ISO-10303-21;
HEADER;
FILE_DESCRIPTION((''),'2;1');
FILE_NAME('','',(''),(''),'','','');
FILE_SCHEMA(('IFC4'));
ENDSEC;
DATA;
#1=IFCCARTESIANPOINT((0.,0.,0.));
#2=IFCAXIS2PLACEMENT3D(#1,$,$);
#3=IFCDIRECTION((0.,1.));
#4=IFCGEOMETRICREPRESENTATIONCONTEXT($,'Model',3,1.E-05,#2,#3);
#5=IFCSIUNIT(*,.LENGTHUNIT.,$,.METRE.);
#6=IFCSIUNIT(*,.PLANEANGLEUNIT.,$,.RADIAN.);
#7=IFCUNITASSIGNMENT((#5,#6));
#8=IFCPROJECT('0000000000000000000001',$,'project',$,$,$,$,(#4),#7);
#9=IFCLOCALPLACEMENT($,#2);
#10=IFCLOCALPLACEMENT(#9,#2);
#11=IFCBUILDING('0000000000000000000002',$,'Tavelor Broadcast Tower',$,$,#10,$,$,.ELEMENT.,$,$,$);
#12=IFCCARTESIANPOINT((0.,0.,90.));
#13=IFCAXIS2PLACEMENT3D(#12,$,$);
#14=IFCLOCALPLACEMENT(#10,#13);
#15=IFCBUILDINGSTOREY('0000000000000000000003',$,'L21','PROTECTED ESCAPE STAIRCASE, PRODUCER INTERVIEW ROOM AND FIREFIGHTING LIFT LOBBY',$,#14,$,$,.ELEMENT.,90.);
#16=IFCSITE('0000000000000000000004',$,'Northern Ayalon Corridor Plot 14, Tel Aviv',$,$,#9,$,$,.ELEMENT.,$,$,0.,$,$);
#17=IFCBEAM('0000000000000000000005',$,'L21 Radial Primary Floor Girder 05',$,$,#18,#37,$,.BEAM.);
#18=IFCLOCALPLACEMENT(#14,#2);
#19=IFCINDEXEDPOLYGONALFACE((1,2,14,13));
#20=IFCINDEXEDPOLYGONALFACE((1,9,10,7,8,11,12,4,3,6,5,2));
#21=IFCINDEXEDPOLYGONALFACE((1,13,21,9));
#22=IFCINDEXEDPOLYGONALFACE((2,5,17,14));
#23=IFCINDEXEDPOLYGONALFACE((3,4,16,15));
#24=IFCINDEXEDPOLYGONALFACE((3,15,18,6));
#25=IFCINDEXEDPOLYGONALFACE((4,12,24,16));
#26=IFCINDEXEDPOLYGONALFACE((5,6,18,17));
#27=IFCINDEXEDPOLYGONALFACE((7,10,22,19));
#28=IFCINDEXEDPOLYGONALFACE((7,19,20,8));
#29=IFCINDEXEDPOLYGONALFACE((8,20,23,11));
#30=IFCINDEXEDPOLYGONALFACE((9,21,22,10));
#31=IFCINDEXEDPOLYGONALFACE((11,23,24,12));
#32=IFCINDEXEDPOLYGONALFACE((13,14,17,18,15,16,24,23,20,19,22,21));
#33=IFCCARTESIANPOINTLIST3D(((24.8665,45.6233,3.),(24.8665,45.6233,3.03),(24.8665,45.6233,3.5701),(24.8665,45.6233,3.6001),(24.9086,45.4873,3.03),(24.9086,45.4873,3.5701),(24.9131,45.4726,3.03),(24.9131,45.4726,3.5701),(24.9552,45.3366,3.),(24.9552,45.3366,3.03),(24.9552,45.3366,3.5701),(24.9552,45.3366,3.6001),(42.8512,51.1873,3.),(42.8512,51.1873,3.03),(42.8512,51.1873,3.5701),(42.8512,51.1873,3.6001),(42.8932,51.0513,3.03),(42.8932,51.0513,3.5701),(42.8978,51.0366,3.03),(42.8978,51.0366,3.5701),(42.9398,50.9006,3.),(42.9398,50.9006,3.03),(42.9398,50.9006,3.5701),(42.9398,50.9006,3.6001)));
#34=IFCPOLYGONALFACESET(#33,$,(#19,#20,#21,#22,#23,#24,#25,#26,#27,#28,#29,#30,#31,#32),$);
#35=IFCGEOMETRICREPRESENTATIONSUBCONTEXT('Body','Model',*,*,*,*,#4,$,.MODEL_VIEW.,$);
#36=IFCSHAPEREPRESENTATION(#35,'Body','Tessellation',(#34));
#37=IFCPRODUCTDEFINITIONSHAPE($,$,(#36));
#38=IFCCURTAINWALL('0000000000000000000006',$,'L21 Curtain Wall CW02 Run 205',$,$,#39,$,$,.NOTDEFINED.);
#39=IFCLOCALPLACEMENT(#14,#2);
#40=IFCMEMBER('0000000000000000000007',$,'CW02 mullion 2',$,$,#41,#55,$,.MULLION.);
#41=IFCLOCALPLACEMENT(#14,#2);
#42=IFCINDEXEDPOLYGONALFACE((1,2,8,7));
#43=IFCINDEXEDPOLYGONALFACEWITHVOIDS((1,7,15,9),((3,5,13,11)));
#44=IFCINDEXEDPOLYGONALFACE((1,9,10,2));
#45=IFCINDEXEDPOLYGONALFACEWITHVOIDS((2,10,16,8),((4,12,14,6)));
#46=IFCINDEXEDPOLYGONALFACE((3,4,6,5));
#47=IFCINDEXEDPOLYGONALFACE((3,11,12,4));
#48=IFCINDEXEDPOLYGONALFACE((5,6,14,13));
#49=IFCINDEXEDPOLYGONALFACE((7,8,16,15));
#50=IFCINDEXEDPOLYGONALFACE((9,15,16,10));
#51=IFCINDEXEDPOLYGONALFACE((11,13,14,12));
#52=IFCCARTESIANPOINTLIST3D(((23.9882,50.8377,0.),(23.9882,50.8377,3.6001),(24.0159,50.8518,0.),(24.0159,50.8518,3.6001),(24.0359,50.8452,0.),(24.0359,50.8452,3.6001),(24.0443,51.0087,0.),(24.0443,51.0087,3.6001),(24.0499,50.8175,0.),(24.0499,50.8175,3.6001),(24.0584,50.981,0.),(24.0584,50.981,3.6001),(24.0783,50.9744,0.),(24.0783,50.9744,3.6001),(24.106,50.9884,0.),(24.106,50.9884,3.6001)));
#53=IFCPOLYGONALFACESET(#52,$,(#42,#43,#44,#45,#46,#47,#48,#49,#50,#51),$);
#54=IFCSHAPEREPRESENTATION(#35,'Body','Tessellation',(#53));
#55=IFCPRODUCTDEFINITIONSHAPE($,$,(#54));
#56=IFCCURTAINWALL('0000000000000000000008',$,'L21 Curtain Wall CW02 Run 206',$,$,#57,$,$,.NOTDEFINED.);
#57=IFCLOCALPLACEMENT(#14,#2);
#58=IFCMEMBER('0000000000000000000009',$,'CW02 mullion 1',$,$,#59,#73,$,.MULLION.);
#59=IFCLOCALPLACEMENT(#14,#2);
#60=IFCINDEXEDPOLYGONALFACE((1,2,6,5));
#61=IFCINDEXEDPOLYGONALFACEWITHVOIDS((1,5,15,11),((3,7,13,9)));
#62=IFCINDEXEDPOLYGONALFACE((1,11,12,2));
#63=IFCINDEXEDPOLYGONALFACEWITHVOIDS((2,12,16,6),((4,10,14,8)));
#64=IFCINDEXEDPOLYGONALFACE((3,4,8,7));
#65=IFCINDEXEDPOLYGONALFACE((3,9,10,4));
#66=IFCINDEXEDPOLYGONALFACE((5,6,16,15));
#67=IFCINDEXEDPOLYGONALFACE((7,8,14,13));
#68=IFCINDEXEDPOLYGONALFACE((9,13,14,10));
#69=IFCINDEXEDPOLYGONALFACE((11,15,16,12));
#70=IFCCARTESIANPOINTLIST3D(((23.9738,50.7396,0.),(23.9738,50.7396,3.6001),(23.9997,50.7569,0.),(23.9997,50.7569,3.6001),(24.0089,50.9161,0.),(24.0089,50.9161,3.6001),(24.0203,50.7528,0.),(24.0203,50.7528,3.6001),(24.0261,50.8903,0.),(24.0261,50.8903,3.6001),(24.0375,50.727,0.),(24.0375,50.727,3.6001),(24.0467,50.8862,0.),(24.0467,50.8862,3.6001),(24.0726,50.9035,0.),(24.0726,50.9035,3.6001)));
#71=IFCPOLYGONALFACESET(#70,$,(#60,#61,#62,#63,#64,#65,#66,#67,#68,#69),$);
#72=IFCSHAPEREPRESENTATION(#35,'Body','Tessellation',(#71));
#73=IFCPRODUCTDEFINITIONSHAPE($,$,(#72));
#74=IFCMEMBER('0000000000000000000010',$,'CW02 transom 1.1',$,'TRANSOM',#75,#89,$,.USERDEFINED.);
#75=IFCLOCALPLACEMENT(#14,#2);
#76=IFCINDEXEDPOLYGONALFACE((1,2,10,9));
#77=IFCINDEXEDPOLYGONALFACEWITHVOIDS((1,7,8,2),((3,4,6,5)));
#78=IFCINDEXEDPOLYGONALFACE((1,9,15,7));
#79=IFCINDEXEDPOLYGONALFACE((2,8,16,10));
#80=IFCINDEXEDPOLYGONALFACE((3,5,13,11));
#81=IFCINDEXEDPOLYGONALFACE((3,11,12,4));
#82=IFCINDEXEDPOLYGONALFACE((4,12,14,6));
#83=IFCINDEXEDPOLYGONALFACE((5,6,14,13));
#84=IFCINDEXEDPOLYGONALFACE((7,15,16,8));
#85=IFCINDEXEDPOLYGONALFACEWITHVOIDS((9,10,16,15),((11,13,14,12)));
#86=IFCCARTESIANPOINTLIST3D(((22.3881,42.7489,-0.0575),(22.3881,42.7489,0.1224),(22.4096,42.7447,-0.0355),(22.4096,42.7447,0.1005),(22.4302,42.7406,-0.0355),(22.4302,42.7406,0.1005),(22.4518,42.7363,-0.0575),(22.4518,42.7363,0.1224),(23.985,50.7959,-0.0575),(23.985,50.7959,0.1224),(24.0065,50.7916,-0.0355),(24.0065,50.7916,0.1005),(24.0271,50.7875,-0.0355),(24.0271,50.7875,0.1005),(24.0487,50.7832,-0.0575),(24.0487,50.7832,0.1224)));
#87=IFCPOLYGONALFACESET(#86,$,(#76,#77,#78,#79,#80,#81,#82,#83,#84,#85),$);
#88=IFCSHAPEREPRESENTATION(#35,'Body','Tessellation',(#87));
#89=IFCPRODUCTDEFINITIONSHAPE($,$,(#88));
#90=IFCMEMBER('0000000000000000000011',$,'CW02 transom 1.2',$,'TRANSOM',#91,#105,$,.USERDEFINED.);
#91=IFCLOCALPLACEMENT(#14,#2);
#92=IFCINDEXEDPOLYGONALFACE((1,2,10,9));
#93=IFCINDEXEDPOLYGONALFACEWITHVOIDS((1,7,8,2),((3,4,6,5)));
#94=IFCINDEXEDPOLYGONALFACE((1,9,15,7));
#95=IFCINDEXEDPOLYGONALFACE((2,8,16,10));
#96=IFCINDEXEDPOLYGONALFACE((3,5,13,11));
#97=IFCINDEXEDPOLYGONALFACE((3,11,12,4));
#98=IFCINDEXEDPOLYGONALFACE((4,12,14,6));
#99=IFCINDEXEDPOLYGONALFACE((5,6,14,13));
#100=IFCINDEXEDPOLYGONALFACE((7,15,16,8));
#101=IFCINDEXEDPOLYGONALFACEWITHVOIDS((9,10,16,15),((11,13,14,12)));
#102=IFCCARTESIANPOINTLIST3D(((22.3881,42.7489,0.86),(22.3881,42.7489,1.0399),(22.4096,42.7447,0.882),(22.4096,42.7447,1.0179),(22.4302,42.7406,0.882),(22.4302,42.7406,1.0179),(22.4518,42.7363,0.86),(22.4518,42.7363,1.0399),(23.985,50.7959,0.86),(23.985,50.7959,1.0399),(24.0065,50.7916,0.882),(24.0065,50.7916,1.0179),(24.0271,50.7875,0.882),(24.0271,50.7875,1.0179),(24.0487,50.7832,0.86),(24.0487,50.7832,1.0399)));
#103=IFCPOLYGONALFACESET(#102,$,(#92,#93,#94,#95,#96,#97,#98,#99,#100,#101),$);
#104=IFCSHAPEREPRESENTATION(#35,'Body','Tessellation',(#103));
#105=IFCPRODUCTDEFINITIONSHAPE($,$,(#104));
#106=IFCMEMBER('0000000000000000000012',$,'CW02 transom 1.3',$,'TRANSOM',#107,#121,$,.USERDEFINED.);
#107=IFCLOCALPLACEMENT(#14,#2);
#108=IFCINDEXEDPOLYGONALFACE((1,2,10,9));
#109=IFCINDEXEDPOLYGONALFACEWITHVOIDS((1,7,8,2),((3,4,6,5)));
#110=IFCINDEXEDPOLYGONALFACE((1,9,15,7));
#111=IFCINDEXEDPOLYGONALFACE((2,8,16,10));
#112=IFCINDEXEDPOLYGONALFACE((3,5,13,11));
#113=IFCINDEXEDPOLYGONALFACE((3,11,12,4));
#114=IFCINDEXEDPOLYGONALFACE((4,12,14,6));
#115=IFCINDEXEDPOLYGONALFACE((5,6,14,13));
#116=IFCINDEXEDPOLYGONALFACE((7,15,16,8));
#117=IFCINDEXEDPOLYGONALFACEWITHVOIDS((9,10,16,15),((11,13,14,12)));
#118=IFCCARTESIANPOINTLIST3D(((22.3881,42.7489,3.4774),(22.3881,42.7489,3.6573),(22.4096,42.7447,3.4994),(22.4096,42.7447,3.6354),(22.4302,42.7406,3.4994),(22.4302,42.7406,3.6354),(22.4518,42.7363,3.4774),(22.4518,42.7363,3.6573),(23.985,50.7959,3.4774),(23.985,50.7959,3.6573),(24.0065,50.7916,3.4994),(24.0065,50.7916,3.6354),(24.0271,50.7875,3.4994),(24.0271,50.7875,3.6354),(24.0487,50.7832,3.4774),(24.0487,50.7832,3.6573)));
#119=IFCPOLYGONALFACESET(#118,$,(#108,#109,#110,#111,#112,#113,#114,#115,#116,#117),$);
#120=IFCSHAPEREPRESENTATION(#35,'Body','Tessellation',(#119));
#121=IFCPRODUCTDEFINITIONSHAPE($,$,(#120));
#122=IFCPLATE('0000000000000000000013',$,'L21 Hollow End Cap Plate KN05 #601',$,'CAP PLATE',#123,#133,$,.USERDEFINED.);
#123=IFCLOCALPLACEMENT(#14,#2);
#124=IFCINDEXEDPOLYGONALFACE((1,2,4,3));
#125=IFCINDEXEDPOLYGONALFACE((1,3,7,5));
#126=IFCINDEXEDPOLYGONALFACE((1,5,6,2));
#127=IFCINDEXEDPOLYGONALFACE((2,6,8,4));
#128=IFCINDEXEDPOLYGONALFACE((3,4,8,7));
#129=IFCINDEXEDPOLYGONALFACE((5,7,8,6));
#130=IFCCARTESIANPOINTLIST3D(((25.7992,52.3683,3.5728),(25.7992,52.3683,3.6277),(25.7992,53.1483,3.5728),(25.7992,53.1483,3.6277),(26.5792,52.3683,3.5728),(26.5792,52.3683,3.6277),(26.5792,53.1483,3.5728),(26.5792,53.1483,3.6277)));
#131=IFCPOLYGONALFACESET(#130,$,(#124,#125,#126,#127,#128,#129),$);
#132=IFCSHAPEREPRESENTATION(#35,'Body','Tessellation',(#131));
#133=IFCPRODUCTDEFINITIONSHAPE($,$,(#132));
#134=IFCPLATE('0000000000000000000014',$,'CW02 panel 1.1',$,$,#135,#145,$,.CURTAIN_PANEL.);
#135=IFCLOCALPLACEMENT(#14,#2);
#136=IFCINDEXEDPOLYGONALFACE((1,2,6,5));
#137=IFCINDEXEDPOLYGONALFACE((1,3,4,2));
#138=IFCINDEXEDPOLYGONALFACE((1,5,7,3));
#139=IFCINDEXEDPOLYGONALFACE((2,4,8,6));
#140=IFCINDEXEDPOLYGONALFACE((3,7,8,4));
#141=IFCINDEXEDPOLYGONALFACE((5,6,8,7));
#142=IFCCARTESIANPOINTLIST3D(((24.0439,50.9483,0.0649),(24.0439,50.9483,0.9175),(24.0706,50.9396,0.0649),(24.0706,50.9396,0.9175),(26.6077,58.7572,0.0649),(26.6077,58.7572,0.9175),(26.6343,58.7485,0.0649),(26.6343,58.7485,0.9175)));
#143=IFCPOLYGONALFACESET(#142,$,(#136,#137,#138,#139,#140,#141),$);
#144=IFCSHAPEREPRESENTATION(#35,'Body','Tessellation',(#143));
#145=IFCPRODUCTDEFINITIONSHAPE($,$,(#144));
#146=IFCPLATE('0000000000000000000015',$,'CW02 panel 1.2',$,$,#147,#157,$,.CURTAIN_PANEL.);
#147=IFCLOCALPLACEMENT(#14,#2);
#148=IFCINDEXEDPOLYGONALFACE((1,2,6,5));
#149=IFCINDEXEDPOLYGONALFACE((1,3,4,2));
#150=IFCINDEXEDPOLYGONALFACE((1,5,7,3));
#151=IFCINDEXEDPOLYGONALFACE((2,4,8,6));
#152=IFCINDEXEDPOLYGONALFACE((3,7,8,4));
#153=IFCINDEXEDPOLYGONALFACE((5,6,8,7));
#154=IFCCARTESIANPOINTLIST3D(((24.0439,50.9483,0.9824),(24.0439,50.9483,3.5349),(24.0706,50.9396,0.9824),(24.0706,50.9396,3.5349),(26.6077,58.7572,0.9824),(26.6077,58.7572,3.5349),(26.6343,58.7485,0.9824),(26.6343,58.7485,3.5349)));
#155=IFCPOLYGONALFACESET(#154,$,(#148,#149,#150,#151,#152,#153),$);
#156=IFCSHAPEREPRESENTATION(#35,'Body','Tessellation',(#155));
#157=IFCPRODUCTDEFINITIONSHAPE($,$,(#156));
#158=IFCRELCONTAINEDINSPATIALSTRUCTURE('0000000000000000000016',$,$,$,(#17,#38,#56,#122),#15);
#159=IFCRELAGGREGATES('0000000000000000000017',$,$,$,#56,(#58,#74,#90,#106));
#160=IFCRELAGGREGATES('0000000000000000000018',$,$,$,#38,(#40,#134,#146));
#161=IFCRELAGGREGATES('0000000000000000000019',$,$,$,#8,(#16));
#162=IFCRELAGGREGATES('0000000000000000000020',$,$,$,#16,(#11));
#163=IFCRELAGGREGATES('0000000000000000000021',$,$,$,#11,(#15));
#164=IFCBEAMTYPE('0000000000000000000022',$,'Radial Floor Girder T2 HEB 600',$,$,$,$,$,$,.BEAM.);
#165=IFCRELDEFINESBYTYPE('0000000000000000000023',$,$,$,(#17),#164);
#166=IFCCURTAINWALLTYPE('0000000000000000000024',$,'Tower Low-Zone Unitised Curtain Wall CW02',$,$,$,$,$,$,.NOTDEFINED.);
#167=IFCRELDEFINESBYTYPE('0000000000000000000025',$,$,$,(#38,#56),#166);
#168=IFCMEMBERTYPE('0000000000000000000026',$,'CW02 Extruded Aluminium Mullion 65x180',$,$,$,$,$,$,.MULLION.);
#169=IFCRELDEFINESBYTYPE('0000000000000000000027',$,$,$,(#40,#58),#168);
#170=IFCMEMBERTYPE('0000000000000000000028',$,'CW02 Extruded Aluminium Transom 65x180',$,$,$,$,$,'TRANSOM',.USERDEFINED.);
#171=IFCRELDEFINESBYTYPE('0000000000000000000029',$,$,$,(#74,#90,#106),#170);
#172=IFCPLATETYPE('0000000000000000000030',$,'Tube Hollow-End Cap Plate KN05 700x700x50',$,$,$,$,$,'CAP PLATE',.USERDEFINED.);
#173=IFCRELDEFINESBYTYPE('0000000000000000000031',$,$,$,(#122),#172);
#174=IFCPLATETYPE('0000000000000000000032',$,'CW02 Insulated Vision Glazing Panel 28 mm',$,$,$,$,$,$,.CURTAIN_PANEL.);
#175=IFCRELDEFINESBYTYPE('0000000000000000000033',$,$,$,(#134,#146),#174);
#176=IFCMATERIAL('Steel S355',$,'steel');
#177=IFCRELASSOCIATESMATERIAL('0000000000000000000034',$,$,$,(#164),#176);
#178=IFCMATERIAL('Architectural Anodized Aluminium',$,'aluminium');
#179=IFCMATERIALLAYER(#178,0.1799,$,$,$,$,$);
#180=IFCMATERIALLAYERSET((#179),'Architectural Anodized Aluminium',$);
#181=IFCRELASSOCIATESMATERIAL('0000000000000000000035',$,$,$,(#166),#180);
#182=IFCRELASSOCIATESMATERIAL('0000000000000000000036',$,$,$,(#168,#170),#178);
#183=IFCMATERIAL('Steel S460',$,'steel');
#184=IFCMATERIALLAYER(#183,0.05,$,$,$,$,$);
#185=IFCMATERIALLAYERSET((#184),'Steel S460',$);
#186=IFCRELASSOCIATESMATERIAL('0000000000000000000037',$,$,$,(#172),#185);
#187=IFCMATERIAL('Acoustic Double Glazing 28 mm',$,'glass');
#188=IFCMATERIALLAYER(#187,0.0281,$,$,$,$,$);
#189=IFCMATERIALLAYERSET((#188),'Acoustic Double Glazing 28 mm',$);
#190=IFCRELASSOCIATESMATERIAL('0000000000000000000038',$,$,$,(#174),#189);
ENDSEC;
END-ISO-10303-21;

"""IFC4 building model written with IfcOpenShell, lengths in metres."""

from ifc_helpers import new_model, si_unit, direction, frame, origin, origin_2d, place, context, subcontext, project, spatial, rectangle, hollow_rectangle, i_section, extrude, source, transform, mapped, material, layer, layer_set, material_profile, profile_set, type_object, type_shapes, element, aggregate, save


model = new_model("IFC4")

# Units and contexts
model_context = context("Model", 3, precision=1e-05, world=origin(), true_north=direction((0.0, 1.0)))
body_context = subcontext(model_context, "Body", "Model", "MODEL_VIEW")
ifc_project = project(units=[si_unit("LENGTHUNIT", "METRE"), si_unit("PLANEANGLEUNIT", "RADIAN")], contexts=[model_context])

# Site, building, storey
site_placement = place(None, origin())
site = spatial("IfcSite", under=ifc_project, at=site_placement, Name="Northern Ayalon Corridor Plot 14, Tel Aviv", CompositionType="ELEMENT", RefElevation=0.0)
building_placement = place(site_placement, origin())
building = spatial("IfcBuilding", under=site, at=building_placement, Name="Tavelor Broadcast Tower", CompositionType="ELEMENT")
storey_placement = place(building_placement, frame((0.0, 0.0, 90.0)))
storey = spatial("IfcBuildingStorey", under=building, at=storey_placement, Name="L21", Description="PROTECTED ESCAPE STAIRCASE, PRODUCER INTERVIEW ROOM AND FIREFIGHTING LIFT LOBBY", CompositionType="ELEMENT", Elevation=90.0)

# Shared definitions
ifc_material_1 = material(Name="Steel S460", Category="steel")

# Beam
ifc_material_2 = material(Name="Steel S355", Category="steel")
ifc_material_profile_1 = material_profile(ifc_material_2, i_section(OverallWidth=0.3, OverallDepth=0.6001, WebThickness=0.0154, FlangeThickness=0.03, at=origin_2d()), Name="HEB 600")
ifc_profile_set_1 = profile_set([ifc_material_profile_1], Name="Steel S355")
beam_type_1 = type_object("IfcBeamType", Name="Radial Floor Girder T2 HEB 600", PredefinedType="BEAM", material=ifc_profile_set_1)
beam_1_placement = place(storey_placement, frame((42.8955, 51.0439, 3.3), z_axis=(-0.955326, -0.295553, 0.0), x_axis=(0.295553, -0.955326, 0.0)))
element("IfcBeam", 1, at=beam_1_placement, inside=storey, type_object=beam_type_1, Name="L21 Radial Primary Floor Girder 05", PredefinedType="BEAM", context=body_context, shape_type="SweptSolid", body=[
    extrude(i_section(OverallWidth=0.3, OverallDepth=0.6001, WebThickness=0.0154, FlangeThickness=0.03, at=origin_2d()), origin(), (0.0, 0.0, 1.0), 18.8257),
])

# Curtain wall, member
ifc_material_3 = material(Name="Architectural Anodized Aluminium", Category="aluminium")
ifc_layer_1 = layer(ifc_material_3, 0.1799)
ifc_layer_set_1 = layer_set([ifc_layer_1], Name="Architectural Anodized Aluminium")
curtain_wall_type = type_object("IfcCurtainWallType", Name="Tower Low-Zone Unitised Curtain Wall CW02", PredefinedType="NOTDEFINED", material=ifc_layer_set_1)
curtain_wall_1_placement = place(storey_placement, origin())
curtain_wall_1 = element("IfcCurtainWall", 2, at=curtain_wall_1_placement, inside=storey, type_object=curtain_wall_type, Name="L21 Curtain Wall CW02 Run 205", PredefinedType="NOTDEFINED")
ifc_material_profile_2 = material_profile(ifc_material_3, hollow_rectangle(XDim=0.0649, YDim=0.1799, WallThickness=0.022, at=origin_2d()), Name="RHS 65x180x22")
ifc_profile_set_2 = profile_set([ifc_material_profile_2], Name="Architectural Anodized Aluminium")
member_type_1 = type_object("IfcMemberType", Name="CW02 Extruded Aluminium Mullion 65x180", PredefinedType="MULLION", material=ifc_profile_set_2)
shared_shape_1 = source(origin(), body_context, "Body", "SweptSolid", [
    extrude(hollow_rectangle(XDim=0.0649, YDim=0.1799, WallThickness=0.022, at=origin_2d()), origin(), (0.0, 0.0, 1.0), 3.6001),
])
type_shapes(member_type_1, [shared_shape_1])
member_1_placement = place(storey_placement, frame((24.0471, 50.9131, 0.0), z_axis=(0.0, 0.0, 1.0), x_axis=(0.950105, -0.311931, 0.0)))
member_1 = element("IfcMember", 3, at=member_1_placement, type_object=member_type_1, Name="CW02 mullion 2", PredefinedType="MULLION", context=body_context, shape_type="MappedRepresentation", body=[
    mapped(shared_shape_1, transform((0.0, 0.0, 0.0), scale=1.0)),
])

# Curtain wall, members
curtain_wall_2_placement = place(storey_placement, origin())
curtain_wall_2 = element("IfcCurtainWall", 4, at=curtain_wall_2_placement, inside=storey, type_object=curtain_wall_type, Name="L21 Curtain Wall CW02 Run 206", PredefinedType="NOTDEFINED")
member_2_placement = place(storey_placement, frame((24.0232, 50.8215, 0.0), z_axis=(0.0, 0.0, 1.0), x_axis=(0.980873, -0.194651, 0.0)))
member_2 = element("IfcMember", 5, at=member_2_placement, type_object=member_type_1, Name="CW02 mullion 1", PredefinedType="MULLION", context=body_context, shape_type="MappedRepresentation", body=[
    mapped(shared_shape_1, transform((0.0, 0.0, 0.0), scale=1.0)),
])
ifc_material_profile_3 = material_profile(ifc_material_3, hollow_rectangle(XDim=0.0649, YDim=0.1799, WallThickness=0.022, at=origin_2d()), Name="RHS 65x180x22")
ifc_profile_set_3 = profile_set([ifc_material_profile_3], Name="Architectural Anodized Aluminium")
member_type_2 = type_object("IfcMemberType", Name="CW02 Extruded Aluminium Transom 65x180", ElementType="TRANSOM", PredefinedType="USERDEFINED", material=ifc_profile_set_3)
shared_shape_2 = source(origin(), body_context, "Body", "SweptSolid", [
    extrude(hollow_rectangle(XDim=0.0649, YDim=0.1799, WallThickness=0.022, at=origin_2d()), origin(), (0.0, 0.0, 1.0), 8.2039),
])
type_shapes(member_type_2, [shared_shape_2])
member_3_placement = place(storey_placement, frame((24.0168, 50.7896, 0.0325), z_axis=(-0.194657, -0.980871, 0.0), x_axis=(0.980871, -0.194657, 0.0)))
member_3 = element("IfcMember", 6, at=member_3_placement, type_object=member_type_2, Name="CW02 transom 1.1", ObjectType="TRANSOM", PredefinedType="USERDEFINED", context=body_context, shape_type="MappedRepresentation", body=[
    mapped(shared_shape_2, transform((0.0, 0.0, 0.0), scale=1.0)),
])
member_4_placement = place(storey_placement, frame((24.0168, 50.7896, 0.95), z_axis=(-0.194657, -0.980871, 0.0), x_axis=(0.980871, -0.194657, 0.0)))
member_4 = element("IfcMember", 7, at=member_4_placement, type_object=member_type_2, Name="CW02 transom 1.2", ObjectType="TRANSOM", PredefinedType="USERDEFINED", context=body_context, shape_type="MappedRepresentation", body=[
    mapped(shared_shape_2, transform((0.0, 0.0, 0.0), scale=1.0)),
])
member_5_placement = place(storey_placement, frame((24.0168, 50.7896, 3.5674), z_axis=(-0.194657, -0.980871, 0.0), x_axis=(0.980871, -0.194657, 0.0)))
member_5 = element("IfcMember", 8, at=member_5_placement, type_object=member_type_2, Name="CW02 transom 1.3", ObjectType="TRANSOM", PredefinedType="USERDEFINED", context=body_context, shape_type="MappedRepresentation", body=[
    mapped(shared_shape_2, transform((0.0, 0.0, 0.0), scale=1.0)),
])
aggregate(curtain_wall_2, [member_2, member_3, member_4, member_5])

# Plates
ifc_layer_2 = layer(ifc_material_1, 0.05)
ifc_layer_set_2 = layer_set([ifc_layer_2], Name="Steel S460")
plate_type_1 = type_object("IfcPlateType", Name="Tube Hollow-End Cap Plate KN05 700x700x50", ElementType="CAP PLATE", PredefinedType="USERDEFINED", material=ifc_layer_set_2)
shared_shape_3 = source(origin(), body_context, "Body", "SweptSolid", [
    extrude(rectangle(XDim=0.78, YDim=0.78, at=origin_2d()), origin(), (0.0, 0.0, 1.0), 0.0549),
])
type_shapes(plate_type_1, [shared_shape_3])
plate_1_placement = place(storey_placement, frame((26.1892, 52.7583, 3.5728), z_axis=(0.0, 0.0, 1.0), x_axis=(1.0, 0.0, 0.0)))
element("IfcPlate", 9, at=plate_1_placement, inside=storey, type_object=plate_type_1, Name="L21 Hollow End Cap Plate KN05 #601", ObjectType="CAP PLATE", PredefinedType="USERDEFINED", context=body_context, shape_type="MappedRepresentation", body=[
    mapped(shared_shape_3, transform((0.0, 0.0, 0.0), scale=1.0)),
])
ifc_material_4 = material(Name="Acoustic Double Glazing 28 mm", Category="glass")
ifc_layer_3 = layer(ifc_material_4, 0.0281)
ifc_layer_set_3 = layer_set([ifc_layer_3], Name="Acoustic Double Glazing 28 mm")
plate_type_2 = type_object("IfcPlateType", Name="CW02 Insulated Vision Glazing Panel 28 mm", PredefinedType="CURTAIN_PANEL", material=ifc_layer_set_3)
shared_shape_4 = source(origin(), body_context, "Body", "SweptSolid", [
    extrude(rectangle(XDim=8.219, YDim=0.0281, at=origin_2d()), origin(), (0.0, 0.0, 1.0), 0.8525),
])
plate_2_placement = place(storey_placement, frame((25.3391, 54.8484, 0.0649), z_axis=(0.0, 0.0, 1.0), x_axis=(-0.311931, -0.950105, 0.0)))
plate_2 = element("IfcPlate", 10, at=plate_2_placement, type_object=plate_type_2, Name="CW02 panel 1.1", PredefinedType="CURTAIN_PANEL", context=body_context, shape_type="MappedRepresentation", body=[
    mapped(shared_shape_4, transform((0.0, 0.0, 0.0), scale=1.0)),
])
shared_shape_5 = source(origin(), body_context, "Body", "SweptSolid", [
    extrude(rectangle(XDim=8.219, YDim=0.0281, at=origin_2d()), origin(), (0.0, 0.0, 1.0), 2.5525),
])
type_shapes(plate_type_2, [shared_shape_4, shared_shape_5])
plate_3_placement = place(storey_placement, frame((25.3391, 54.8484, 0.9824), z_axis=(0.0, 0.0, 1.0), x_axis=(-0.311931, -0.950105, 0.0)))
plate_3 = element("IfcPlate", 11, at=plate_3_placement, type_object=plate_type_2, Name="CW02 panel 1.2", PredefinedType="CURTAIN_PANEL", context=body_context, shape_type="MappedRepresentation", body=[
    mapped(shared_shape_5, transform((0.0, 0.0, 0.0), scale=1.0)),
])
aggregate(curtain_wall_1, [member_1, plate_2, plate_3])

save(model, "model.ifc")
